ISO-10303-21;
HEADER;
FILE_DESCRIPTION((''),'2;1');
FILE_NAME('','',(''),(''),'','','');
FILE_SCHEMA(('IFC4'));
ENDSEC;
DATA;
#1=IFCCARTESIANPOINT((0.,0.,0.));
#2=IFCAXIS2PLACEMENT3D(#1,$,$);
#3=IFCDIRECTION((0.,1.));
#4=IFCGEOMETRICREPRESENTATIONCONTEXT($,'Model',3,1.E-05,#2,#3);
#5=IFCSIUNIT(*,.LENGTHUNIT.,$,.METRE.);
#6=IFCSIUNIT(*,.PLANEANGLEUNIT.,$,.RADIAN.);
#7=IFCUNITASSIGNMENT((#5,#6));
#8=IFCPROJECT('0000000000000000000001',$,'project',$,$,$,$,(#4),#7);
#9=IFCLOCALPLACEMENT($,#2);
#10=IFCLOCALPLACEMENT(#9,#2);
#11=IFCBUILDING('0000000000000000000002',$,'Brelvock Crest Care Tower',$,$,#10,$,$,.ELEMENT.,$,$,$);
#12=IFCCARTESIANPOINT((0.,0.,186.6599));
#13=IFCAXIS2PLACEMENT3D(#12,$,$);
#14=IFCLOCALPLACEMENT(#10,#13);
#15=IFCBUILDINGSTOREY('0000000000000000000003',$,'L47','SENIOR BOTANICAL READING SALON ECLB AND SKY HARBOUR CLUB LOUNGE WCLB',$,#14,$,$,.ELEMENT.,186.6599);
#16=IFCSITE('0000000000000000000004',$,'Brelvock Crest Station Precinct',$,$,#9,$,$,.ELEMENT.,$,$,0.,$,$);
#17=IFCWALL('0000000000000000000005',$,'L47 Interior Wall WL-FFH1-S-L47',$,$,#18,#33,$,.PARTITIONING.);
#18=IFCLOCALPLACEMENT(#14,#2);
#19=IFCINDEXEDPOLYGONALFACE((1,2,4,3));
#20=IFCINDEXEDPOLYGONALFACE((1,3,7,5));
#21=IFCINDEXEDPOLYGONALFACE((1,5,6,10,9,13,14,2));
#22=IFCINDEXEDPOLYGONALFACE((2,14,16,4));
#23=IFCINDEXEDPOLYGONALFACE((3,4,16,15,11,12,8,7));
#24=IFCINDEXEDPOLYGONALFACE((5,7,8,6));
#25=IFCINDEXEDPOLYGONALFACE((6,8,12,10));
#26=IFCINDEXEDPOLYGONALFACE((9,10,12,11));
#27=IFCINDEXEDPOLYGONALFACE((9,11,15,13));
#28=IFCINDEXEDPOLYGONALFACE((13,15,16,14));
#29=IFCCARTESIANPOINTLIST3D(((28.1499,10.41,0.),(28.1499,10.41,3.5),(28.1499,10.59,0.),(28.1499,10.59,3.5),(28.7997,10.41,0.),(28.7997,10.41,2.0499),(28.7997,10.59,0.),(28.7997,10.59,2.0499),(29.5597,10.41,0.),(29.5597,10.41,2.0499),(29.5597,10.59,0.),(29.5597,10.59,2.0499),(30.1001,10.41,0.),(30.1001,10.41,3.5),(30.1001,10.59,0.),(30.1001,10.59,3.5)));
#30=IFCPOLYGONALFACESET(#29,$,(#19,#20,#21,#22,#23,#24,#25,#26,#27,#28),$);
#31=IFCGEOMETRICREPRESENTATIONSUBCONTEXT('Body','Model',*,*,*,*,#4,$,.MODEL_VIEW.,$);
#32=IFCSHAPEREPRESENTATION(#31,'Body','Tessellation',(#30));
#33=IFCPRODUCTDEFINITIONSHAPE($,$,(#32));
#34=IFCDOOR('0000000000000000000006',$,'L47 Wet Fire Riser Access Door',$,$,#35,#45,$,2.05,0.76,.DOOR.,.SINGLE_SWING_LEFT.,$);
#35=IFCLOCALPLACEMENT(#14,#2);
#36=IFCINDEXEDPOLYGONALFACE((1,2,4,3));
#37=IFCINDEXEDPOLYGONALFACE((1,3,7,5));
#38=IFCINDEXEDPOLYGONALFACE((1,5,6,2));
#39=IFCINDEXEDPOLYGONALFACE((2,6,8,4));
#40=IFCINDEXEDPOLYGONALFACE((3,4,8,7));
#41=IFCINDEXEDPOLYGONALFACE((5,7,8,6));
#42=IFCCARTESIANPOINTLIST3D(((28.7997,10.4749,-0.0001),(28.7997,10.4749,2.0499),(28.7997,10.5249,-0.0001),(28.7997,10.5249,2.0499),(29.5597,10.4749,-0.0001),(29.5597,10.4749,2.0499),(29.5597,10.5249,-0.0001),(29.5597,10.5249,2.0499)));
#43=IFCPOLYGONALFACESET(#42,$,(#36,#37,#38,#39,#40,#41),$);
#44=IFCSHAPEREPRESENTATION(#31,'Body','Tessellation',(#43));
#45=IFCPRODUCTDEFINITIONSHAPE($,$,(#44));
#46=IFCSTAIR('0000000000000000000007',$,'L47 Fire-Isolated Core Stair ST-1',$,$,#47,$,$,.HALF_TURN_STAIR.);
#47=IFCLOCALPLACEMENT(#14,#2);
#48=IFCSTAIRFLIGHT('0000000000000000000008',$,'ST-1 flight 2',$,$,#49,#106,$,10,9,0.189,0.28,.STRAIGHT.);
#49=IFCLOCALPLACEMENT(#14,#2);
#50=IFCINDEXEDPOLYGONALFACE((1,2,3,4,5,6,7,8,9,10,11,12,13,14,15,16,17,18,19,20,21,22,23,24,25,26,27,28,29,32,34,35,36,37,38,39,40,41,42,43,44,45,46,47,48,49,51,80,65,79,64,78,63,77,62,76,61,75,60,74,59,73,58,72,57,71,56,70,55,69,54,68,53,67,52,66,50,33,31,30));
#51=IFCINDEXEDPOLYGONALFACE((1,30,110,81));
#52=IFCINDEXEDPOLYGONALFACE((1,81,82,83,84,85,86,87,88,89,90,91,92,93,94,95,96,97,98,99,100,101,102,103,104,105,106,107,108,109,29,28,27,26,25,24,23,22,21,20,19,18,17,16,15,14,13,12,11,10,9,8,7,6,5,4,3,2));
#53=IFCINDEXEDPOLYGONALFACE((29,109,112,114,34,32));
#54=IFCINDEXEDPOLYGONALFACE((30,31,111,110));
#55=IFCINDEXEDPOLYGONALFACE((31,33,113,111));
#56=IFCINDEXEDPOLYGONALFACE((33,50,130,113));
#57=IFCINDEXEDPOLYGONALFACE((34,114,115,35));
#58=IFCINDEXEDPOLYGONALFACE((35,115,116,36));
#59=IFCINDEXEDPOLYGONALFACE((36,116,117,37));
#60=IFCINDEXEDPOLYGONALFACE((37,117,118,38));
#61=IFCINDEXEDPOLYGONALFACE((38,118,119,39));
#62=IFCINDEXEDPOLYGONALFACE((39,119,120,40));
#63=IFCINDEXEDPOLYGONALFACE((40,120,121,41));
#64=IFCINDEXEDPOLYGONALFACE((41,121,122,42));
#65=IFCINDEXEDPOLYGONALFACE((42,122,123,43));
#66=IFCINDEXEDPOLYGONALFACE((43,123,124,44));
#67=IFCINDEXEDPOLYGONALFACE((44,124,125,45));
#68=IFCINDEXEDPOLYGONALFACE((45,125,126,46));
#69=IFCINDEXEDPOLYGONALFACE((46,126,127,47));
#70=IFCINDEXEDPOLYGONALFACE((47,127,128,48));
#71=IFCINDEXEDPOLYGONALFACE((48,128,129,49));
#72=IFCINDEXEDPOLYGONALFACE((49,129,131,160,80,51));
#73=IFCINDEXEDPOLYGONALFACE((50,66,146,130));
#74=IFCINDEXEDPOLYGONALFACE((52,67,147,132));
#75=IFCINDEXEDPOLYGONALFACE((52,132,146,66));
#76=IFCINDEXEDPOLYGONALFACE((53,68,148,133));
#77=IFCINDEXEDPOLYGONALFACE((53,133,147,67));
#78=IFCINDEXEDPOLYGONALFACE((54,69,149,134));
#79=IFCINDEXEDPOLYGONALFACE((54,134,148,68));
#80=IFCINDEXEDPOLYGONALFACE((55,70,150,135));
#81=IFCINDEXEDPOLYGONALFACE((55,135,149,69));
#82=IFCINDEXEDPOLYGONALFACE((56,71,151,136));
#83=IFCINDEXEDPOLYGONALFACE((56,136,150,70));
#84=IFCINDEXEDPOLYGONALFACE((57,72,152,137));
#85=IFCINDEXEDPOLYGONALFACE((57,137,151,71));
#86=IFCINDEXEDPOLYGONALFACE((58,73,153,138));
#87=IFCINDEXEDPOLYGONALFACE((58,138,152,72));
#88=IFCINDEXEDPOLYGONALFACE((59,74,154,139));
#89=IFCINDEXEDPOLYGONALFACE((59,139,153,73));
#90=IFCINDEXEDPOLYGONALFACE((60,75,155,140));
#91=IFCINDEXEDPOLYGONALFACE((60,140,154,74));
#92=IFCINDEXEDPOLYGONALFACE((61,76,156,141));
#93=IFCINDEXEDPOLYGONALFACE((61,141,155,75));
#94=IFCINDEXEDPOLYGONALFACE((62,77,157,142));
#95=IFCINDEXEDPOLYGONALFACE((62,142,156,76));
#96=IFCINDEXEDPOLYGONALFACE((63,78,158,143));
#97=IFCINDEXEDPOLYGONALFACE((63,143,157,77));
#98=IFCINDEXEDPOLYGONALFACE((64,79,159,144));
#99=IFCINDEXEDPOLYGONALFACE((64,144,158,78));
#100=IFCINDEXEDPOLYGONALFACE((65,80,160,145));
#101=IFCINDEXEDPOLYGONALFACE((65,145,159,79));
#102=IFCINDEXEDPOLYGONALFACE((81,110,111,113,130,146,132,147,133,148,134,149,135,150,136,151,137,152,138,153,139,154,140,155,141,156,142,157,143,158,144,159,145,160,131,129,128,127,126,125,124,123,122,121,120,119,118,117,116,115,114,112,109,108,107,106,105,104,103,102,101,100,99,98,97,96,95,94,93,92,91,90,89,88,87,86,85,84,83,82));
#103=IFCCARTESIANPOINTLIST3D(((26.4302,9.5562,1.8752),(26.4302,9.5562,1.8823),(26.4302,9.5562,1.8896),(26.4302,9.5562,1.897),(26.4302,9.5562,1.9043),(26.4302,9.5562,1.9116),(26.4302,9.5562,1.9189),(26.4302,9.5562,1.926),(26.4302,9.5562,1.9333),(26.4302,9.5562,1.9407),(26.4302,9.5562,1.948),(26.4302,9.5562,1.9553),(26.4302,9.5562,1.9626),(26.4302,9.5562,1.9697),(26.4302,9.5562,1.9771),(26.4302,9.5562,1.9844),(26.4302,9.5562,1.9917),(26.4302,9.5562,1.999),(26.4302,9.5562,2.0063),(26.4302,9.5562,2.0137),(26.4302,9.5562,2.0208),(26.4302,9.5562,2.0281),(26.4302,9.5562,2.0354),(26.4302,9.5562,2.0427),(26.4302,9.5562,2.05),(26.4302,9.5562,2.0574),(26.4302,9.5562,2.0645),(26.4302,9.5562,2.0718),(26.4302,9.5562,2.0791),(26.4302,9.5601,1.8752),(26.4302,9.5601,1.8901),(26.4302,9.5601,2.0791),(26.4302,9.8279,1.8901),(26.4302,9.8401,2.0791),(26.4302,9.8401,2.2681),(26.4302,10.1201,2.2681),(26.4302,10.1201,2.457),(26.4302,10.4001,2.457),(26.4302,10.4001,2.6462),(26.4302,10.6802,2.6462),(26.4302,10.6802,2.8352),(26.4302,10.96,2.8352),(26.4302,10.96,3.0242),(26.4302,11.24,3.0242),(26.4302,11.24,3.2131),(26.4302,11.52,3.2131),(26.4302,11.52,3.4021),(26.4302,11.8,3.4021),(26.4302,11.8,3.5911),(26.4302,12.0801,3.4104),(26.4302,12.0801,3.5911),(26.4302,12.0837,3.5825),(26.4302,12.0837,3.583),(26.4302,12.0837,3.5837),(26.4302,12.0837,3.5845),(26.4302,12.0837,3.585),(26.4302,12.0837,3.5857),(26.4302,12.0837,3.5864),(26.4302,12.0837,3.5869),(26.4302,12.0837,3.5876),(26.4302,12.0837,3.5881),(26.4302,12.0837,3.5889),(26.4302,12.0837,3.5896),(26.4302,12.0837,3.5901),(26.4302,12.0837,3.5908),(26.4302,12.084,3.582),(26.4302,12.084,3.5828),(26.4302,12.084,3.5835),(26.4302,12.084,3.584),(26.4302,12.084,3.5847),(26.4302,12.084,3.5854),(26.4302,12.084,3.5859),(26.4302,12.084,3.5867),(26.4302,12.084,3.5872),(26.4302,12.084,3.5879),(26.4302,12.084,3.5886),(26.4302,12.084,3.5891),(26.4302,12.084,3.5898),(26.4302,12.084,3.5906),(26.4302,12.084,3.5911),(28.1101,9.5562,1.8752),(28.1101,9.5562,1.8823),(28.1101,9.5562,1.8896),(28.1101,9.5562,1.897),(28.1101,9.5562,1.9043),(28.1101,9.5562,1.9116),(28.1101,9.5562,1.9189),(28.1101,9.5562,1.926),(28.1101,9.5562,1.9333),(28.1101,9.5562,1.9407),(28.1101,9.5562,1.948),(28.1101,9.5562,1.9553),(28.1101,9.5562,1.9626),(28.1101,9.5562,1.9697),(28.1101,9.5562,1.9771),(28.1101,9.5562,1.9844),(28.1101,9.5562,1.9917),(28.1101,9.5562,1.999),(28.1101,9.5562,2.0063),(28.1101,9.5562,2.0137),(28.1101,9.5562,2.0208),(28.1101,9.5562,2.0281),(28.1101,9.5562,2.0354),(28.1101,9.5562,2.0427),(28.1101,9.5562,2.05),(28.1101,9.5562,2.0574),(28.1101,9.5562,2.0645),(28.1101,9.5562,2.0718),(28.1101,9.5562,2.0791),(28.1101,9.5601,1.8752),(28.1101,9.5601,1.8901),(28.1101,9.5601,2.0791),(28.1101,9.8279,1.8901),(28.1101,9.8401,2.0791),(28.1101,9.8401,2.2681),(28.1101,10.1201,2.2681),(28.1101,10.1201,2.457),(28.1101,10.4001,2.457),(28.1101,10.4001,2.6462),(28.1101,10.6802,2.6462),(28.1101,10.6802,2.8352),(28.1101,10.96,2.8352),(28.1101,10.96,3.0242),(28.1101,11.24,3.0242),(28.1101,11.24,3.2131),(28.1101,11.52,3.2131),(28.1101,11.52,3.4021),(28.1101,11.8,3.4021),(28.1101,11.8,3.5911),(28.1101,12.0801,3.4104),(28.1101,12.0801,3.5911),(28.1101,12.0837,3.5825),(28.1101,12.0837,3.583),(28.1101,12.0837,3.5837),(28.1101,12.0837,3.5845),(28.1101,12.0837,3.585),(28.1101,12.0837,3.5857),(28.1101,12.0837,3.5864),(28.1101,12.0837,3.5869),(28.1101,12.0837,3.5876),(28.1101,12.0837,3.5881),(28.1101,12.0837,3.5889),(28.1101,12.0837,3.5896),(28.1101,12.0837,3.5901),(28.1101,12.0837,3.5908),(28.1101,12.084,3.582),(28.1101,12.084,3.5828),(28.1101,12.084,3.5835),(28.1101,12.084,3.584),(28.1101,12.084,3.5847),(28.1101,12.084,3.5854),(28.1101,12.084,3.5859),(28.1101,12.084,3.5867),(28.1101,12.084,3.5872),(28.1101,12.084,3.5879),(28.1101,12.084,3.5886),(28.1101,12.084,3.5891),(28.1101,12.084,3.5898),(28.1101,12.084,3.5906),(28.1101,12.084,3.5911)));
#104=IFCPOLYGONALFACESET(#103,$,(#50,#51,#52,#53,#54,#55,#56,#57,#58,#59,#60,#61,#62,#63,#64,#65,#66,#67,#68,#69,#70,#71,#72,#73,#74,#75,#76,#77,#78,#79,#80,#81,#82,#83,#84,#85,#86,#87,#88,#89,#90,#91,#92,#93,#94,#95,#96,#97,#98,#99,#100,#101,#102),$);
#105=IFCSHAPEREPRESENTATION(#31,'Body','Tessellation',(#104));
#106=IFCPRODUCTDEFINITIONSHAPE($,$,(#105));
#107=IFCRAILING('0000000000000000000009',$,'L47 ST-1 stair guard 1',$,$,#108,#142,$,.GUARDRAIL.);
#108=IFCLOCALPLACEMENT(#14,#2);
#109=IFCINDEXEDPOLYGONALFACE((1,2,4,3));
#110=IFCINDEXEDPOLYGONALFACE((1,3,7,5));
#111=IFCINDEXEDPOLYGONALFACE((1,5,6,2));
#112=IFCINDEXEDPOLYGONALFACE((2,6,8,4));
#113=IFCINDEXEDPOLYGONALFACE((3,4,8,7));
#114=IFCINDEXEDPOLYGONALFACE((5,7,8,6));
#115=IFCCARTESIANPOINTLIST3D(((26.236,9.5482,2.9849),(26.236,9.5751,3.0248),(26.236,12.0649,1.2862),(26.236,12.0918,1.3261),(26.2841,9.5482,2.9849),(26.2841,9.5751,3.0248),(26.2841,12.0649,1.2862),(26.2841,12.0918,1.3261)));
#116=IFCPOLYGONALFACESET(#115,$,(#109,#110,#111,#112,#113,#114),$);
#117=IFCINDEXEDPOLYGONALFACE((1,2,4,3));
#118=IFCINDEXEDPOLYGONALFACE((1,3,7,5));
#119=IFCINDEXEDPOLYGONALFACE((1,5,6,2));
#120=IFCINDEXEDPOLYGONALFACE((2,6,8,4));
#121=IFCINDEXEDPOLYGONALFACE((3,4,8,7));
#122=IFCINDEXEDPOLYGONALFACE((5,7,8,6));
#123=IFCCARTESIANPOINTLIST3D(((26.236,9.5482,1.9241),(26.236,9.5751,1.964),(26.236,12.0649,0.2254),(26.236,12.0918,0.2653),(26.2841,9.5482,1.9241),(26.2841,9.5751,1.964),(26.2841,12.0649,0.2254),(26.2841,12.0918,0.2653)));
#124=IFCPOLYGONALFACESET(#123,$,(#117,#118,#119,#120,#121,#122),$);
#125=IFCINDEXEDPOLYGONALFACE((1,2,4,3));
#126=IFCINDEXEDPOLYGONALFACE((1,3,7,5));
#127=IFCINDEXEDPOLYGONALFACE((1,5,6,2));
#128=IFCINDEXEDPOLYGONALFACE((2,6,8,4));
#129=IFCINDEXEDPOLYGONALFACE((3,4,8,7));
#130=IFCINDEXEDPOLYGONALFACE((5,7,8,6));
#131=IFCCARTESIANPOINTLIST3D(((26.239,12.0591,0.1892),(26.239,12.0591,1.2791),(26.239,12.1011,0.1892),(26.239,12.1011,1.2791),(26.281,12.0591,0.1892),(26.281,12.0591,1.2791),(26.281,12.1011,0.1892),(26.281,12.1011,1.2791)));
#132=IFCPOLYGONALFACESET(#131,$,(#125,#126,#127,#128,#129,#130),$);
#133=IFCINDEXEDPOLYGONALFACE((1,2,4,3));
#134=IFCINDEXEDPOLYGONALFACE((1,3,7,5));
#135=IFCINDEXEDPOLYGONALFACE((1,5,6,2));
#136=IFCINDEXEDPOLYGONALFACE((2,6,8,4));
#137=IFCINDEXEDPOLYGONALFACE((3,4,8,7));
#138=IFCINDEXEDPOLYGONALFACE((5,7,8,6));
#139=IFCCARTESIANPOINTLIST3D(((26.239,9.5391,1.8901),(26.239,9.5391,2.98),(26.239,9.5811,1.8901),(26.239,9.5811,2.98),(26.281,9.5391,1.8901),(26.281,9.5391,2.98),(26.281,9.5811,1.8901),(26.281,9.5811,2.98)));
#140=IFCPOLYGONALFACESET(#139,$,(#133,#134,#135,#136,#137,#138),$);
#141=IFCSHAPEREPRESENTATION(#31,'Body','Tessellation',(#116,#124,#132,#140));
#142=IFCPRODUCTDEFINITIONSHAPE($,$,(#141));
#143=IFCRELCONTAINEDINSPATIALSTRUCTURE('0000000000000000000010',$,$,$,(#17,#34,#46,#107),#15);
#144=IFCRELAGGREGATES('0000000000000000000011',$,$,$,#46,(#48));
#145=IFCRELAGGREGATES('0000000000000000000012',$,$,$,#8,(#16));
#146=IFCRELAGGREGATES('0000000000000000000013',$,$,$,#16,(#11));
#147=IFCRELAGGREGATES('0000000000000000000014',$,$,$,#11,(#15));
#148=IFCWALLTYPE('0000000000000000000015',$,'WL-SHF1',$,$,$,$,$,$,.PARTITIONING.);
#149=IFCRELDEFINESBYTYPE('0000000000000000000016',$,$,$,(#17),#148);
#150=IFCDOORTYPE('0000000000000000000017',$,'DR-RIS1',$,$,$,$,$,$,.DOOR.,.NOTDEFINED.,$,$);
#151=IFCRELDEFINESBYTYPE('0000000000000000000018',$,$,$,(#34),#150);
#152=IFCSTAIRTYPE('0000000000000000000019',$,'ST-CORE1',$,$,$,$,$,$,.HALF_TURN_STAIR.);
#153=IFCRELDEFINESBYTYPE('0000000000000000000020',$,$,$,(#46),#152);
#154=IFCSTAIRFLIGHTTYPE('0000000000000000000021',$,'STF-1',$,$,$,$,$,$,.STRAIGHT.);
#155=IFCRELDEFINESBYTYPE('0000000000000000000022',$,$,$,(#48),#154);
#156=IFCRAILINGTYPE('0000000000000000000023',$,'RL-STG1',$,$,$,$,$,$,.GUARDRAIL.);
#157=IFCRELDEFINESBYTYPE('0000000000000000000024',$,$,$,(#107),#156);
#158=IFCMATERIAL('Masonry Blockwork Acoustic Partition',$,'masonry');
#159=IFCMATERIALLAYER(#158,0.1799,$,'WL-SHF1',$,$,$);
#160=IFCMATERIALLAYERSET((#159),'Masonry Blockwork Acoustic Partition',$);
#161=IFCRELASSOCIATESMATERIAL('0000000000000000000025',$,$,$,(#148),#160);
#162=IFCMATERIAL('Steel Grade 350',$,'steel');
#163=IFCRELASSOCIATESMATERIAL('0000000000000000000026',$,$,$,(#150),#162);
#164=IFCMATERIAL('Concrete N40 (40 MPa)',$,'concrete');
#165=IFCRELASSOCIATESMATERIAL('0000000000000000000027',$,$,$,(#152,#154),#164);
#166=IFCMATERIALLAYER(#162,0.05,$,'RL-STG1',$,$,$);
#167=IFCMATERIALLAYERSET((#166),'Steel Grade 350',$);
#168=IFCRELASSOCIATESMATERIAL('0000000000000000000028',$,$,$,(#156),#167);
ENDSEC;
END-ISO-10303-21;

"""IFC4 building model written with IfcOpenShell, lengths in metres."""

from ifc_helpers import new_model, si_unit, direction, frame, frame_2d, origin, origin_2d, place, context, subcontext, project, spatial, polyline, rectangle, outline, extrude, source, transform, mapped, material, layer, layer_set, type_object, element, fill, aggregate, save


model = new_model("IFC4")

# Units and contexts
model_context = context("Model", 3, precision=1e-05, world=origin(), true_north=direction((0.0, 1.0)))
body_context = subcontext(model_context, "Body", "Model", "MODEL_VIEW")
ifc_project = project(units=[si_unit("LENGTHUNIT", "METRE"), si_unit("PLANEANGLEUNIT", "RADIAN")], contexts=[model_context])

# Site, building, storey
site_placement = place(None, origin())
site = spatial("IfcSite", under=ifc_project, at=site_placement, Name="Brelvock Crest Station Precinct", CompositionType="ELEMENT", RefElevation=0.0)
building_placement = place(site_placement, origin())
building = spatial("IfcBuilding", under=site, at=building_placement, Name="Brelvock Crest Care Tower", CompositionType="ELEMENT")
storey_placement = place(building_placement, frame((0.0, 0.0, 186.6599)))
storey = spatial("IfcBuildingStorey", under=building, at=storey_placement, Name="L47", Description="SENIOR BOTANICAL READING SALON ECLB AND SKY HARBOUR CLUB LOUNGE WCLB", CompositionType="ELEMENT", Elevation=186.6599)

# Shared definitions
ifc_material_1 = material(Name="Steel Grade 350", Category="steel")

# Shared definitions
ifc_material_2 = material(Name="Masonry Blockwork Acoustic Partition", Category="masonry")

# Wall, opening, door
ifc_layer_1 = layer(ifc_material_2, 0.1799, Name="WL-SHF1")
ifc_layer_set_1 = layer_set([ifc_layer_1], Name="Masonry Blockwork Acoustic Partition")
wall_type_1 = type_object("IfcWallType", Name="WL-SHF1", PredefinedType="PARTITIONING", material=ifc_layer_set_1)
wall_1_placement = place(storey_placement, frame((28.1499, 10.5, 0.0), z_axis=(0.0, 0.0, 1.0), x_axis=(1.0, 0.0, 0.0)))
wall_1 = element("IfcWall", 1, at=wall_1_placement, inside=storey, type_object=wall_type_1, Name="L47 Interior Wall WL-FFH1-S-L47", PredefinedType="PARTITIONING", context=body_context, shape_type="SweptSolid", body=[
    extrude(rectangle(XDim=1.9502, YDim=0.1799, at=frame_2d((0.9751, 0.0))), origin(), (0.0, 0.0, 1.0), 3.5),
])
opening_1_placement = place(wall_1_placement, frame((0.6499, 0.0, 0.0)))
opening_1 = element("IfcOpeningElement", 2, at=opening_1_placement, cuts=wall_1, PredefinedType="OPENING", context=body_context, shape_type="SweptSolid", body=[
    extrude(rectangle(XDim=0.76, YDim=2.05, at=origin_2d()), frame((0.3799, 0.1001, 1.0249), z_axis=(0.0, -1.0, 0.0), x_axis=(1.0, 0.0, 0.0)), (0.0, 0.0, 1.0), 0.2),
])
door_type_1 = type_object("IfcDoorType", Name="DR-RIS1", OperationType="NOTDEFINED", PredefinedType="DOOR", material=ifc_material_1)
shared_shape_1 = source(origin(), body_context, "Body", "SweptSolid", [
    extrude(rectangle(XDim=0.76, YDim=2.05, at=origin_2d()), frame((0.3799, 0.0249, 1.0249), z_axis=(0.0, -1.0, 0.0), x_axis=(1.0, 0.0, 0.0)), (0.0, 0.0, 1.0), 0.05),
])
door_1_placement = place(opening_1_placement, origin())
door_1 = element("IfcDoor", 3, at=door_1_placement, inside=storey, type_object=door_type_1, Name="L47 Wet Fire Riser Access Door", OperationType="SINGLE_SWING_LEFT", OverallHeight=2.05, OverallWidth=0.76, PredefinedType="DOOR", context=body_context, shape_type="MappedRepresentation", body=[
    mapped(shared_shape_1, transform((0.0, 0.0, 0.0), x_axis=(1.0, 0.0, 0.0), y_axis=(0.0, 1.0, 0.0), z_axis=(0.0, 0.0, 1.0), scale=1.0)),
])
fill(opening_1, door_1)

# Stair, stair flight
ifc_material_3 = material(Name="Concrete N40 (40 MPa)", Category="concrete")
stair_type = type_object("IfcStairType", Name="ST-CORE1", PredefinedType="HALF_TURN_STAIR", material=ifc_material_3)
stair_placement = place(storey_placement, origin())
stair = element("IfcStair", 4, at=stair_placement, inside=storey, type_object=stair_type, Name="L47 Fire-Isolated Core Stair ST-1", PredefinedType="HALF_TURN_STAIR")
stair_flight_type = type_object("IfcStairFlightType", Name="STF-1", PredefinedType="STRAIGHT", material=ifc_material_3)
stair_flight_placement = place(storey_placement, frame((27.27, 9.5601, 1.8901), z_axis=(0.0, 0.0, 1.0), x_axis=(0.0, 1.0, 0.0)))
stair_flight = element("IfcStairFlight", 5, at=stair_flight_placement, type_object=stair_flight_type, Name="ST-1 flight 2", NumberOfRisers=10, NumberOfTreads=9, PredefinedType="STRAIGHT", RiserHeight=0.189, TreadLength=0.28, context=body_context, shape_type="SweptSolid", body=[
    extrude(outline(polyline([(-0.0039, -0.0149), (-0.0039, -0.0078), (-0.0039, -0.0005), (-0.0039, 0.0068), (-0.0039, 0.0142), (-0.0039, 0.0215), (-0.0039, 0.0288), (-0.0039, 0.0359), (-0.0039, 0.0432), (-0.0039, 0.0505), (-0.0039, 0.0579), (-0.0039, 0.0652), (-0.0039, 0.0725), (-0.0039, 0.0796), (-0.0039, 0.0869), (-0.0039, 0.0942), (-0.0039, 0.1016), (-0.0039, 0.1089), (-0.0039, 0.1162), (-0.0039, 0.1235), (-0.0039, 0.1306), (-0.0039, 0.1379), (-0.0039, 0.1453), (-0.0039, 0.1526), (-0.0039, 0.1599), (-0.0039, 0.1672), (-0.0039, 0.1743), (-0.0039, 0.1816), (-0.0039, 0.189), (0.0, 0.189), (0.28, 0.189), (0.28, 0.3779), (0.5601, 0.3779), (0.5601, 0.5669), (0.8401, 0.5669), (0.8401, 0.7561), (1.1201, 0.7561), (1.1201, 0.9451), (1.3999, 0.9451), (1.3999, 1.134), (1.6799, 1.134), (1.6799, 1.323), (1.96, 1.323), (1.96, 1.512), (2.24, 1.512), (2.24, 1.7009), (2.52, 1.7009), (2.5239, 1.7009), (2.5237, 1.7007), (2.5239, 1.7004), (2.5237, 1.7), (2.5239, 1.6997), (2.5237, 1.6995), (2.5239, 1.699), (2.5237, 1.6987), (2.5239, 1.6985), (2.5237, 1.698), (2.5239, 1.6978), (2.5237, 1.6975), (2.5239, 1.697), (2.5237, 1.6968), (2.5239, 1.6965), (2.5237, 1.6963), (2.5239, 1.6958), (2.5237, 1.6956), (2.5239, 1.6953), (2.5237, 1.6948), (2.5239, 1.6946), (2.5237, 1.6943), (2.5239, 1.6938), (2.5237, 1.6936), (2.5239, 1.6934), (2.5237, 1.6929), (2.5239, 1.6926), (2.5237, 1.6924), (2.5239, 1.6919), (2.52, 1.5203), (0.2678, 0.0), (0.0, 0.0), (0.0, -0.0149), (-0.0039, -0.0149)])), frame((0.0, 0.8398, 0.0), z_axis=(0.0, -1.0, 0.0), x_axis=(1.0, 0.0, 0.0)), (0.0, 0.0, 1.0), 1.6799),
])
aggregate(stair, [stair_flight])

# Railing
ifc_layer_2 = layer(ifc_material_1, 0.05, Name="RL-STG1")
ifc_layer_set_2 = layer_set([ifc_layer_2], Name="Steel Grade 350")
railing_type_1 = type_object("IfcRailingType", Name="RL-STG1", PredefinedType="GUARDRAIL", material=ifc_layer_set_2)
railing_1_placement = place(storey_placement, frame((26.26, 12.0801, 0.1892)))
element("IfcRailing", 6, at=railing_1_placement, inside=storey, type_object=railing_type_1, Name="L47 ST-1 stair guard 1", PredefinedType="GUARDRAIL", context=body_context, shape_type="SweptSolid", body=[
    extrude(rectangle(XDim=0.0481, YDim=0.0481, at=origin_2d()), frame((0.0, -0.0017, 1.1169), z_axis=(0.0, -0.828862, 0.559454), x_axis=(1.0, 0.0, 0.0)), (0.0, 0.0, 1.0), 3.0364),
    extrude(rectangle(XDim=0.0481, YDim=0.0481, at=origin_2d()), frame((0.0, -0.0017, 0.0562), z_axis=(0.0, -0.828862, 0.559454), x_axis=(1.0, 0.0, 0.0)), (0.0, 0.0, 1.0), 3.0364),
    extrude(rectangle(XDim=0.042, YDim=0.042, at=origin_2d()), origin(), (0.0, 0.0, 1.0), 1.0898),
    extrude(rectangle(XDim=0.042, YDim=0.042, at=origin_2d()), frame((0.0, -2.52, 1.7009)), (0.0, 0.0, 1.0), 1.0898),
])

save(model, "model.ifc")
